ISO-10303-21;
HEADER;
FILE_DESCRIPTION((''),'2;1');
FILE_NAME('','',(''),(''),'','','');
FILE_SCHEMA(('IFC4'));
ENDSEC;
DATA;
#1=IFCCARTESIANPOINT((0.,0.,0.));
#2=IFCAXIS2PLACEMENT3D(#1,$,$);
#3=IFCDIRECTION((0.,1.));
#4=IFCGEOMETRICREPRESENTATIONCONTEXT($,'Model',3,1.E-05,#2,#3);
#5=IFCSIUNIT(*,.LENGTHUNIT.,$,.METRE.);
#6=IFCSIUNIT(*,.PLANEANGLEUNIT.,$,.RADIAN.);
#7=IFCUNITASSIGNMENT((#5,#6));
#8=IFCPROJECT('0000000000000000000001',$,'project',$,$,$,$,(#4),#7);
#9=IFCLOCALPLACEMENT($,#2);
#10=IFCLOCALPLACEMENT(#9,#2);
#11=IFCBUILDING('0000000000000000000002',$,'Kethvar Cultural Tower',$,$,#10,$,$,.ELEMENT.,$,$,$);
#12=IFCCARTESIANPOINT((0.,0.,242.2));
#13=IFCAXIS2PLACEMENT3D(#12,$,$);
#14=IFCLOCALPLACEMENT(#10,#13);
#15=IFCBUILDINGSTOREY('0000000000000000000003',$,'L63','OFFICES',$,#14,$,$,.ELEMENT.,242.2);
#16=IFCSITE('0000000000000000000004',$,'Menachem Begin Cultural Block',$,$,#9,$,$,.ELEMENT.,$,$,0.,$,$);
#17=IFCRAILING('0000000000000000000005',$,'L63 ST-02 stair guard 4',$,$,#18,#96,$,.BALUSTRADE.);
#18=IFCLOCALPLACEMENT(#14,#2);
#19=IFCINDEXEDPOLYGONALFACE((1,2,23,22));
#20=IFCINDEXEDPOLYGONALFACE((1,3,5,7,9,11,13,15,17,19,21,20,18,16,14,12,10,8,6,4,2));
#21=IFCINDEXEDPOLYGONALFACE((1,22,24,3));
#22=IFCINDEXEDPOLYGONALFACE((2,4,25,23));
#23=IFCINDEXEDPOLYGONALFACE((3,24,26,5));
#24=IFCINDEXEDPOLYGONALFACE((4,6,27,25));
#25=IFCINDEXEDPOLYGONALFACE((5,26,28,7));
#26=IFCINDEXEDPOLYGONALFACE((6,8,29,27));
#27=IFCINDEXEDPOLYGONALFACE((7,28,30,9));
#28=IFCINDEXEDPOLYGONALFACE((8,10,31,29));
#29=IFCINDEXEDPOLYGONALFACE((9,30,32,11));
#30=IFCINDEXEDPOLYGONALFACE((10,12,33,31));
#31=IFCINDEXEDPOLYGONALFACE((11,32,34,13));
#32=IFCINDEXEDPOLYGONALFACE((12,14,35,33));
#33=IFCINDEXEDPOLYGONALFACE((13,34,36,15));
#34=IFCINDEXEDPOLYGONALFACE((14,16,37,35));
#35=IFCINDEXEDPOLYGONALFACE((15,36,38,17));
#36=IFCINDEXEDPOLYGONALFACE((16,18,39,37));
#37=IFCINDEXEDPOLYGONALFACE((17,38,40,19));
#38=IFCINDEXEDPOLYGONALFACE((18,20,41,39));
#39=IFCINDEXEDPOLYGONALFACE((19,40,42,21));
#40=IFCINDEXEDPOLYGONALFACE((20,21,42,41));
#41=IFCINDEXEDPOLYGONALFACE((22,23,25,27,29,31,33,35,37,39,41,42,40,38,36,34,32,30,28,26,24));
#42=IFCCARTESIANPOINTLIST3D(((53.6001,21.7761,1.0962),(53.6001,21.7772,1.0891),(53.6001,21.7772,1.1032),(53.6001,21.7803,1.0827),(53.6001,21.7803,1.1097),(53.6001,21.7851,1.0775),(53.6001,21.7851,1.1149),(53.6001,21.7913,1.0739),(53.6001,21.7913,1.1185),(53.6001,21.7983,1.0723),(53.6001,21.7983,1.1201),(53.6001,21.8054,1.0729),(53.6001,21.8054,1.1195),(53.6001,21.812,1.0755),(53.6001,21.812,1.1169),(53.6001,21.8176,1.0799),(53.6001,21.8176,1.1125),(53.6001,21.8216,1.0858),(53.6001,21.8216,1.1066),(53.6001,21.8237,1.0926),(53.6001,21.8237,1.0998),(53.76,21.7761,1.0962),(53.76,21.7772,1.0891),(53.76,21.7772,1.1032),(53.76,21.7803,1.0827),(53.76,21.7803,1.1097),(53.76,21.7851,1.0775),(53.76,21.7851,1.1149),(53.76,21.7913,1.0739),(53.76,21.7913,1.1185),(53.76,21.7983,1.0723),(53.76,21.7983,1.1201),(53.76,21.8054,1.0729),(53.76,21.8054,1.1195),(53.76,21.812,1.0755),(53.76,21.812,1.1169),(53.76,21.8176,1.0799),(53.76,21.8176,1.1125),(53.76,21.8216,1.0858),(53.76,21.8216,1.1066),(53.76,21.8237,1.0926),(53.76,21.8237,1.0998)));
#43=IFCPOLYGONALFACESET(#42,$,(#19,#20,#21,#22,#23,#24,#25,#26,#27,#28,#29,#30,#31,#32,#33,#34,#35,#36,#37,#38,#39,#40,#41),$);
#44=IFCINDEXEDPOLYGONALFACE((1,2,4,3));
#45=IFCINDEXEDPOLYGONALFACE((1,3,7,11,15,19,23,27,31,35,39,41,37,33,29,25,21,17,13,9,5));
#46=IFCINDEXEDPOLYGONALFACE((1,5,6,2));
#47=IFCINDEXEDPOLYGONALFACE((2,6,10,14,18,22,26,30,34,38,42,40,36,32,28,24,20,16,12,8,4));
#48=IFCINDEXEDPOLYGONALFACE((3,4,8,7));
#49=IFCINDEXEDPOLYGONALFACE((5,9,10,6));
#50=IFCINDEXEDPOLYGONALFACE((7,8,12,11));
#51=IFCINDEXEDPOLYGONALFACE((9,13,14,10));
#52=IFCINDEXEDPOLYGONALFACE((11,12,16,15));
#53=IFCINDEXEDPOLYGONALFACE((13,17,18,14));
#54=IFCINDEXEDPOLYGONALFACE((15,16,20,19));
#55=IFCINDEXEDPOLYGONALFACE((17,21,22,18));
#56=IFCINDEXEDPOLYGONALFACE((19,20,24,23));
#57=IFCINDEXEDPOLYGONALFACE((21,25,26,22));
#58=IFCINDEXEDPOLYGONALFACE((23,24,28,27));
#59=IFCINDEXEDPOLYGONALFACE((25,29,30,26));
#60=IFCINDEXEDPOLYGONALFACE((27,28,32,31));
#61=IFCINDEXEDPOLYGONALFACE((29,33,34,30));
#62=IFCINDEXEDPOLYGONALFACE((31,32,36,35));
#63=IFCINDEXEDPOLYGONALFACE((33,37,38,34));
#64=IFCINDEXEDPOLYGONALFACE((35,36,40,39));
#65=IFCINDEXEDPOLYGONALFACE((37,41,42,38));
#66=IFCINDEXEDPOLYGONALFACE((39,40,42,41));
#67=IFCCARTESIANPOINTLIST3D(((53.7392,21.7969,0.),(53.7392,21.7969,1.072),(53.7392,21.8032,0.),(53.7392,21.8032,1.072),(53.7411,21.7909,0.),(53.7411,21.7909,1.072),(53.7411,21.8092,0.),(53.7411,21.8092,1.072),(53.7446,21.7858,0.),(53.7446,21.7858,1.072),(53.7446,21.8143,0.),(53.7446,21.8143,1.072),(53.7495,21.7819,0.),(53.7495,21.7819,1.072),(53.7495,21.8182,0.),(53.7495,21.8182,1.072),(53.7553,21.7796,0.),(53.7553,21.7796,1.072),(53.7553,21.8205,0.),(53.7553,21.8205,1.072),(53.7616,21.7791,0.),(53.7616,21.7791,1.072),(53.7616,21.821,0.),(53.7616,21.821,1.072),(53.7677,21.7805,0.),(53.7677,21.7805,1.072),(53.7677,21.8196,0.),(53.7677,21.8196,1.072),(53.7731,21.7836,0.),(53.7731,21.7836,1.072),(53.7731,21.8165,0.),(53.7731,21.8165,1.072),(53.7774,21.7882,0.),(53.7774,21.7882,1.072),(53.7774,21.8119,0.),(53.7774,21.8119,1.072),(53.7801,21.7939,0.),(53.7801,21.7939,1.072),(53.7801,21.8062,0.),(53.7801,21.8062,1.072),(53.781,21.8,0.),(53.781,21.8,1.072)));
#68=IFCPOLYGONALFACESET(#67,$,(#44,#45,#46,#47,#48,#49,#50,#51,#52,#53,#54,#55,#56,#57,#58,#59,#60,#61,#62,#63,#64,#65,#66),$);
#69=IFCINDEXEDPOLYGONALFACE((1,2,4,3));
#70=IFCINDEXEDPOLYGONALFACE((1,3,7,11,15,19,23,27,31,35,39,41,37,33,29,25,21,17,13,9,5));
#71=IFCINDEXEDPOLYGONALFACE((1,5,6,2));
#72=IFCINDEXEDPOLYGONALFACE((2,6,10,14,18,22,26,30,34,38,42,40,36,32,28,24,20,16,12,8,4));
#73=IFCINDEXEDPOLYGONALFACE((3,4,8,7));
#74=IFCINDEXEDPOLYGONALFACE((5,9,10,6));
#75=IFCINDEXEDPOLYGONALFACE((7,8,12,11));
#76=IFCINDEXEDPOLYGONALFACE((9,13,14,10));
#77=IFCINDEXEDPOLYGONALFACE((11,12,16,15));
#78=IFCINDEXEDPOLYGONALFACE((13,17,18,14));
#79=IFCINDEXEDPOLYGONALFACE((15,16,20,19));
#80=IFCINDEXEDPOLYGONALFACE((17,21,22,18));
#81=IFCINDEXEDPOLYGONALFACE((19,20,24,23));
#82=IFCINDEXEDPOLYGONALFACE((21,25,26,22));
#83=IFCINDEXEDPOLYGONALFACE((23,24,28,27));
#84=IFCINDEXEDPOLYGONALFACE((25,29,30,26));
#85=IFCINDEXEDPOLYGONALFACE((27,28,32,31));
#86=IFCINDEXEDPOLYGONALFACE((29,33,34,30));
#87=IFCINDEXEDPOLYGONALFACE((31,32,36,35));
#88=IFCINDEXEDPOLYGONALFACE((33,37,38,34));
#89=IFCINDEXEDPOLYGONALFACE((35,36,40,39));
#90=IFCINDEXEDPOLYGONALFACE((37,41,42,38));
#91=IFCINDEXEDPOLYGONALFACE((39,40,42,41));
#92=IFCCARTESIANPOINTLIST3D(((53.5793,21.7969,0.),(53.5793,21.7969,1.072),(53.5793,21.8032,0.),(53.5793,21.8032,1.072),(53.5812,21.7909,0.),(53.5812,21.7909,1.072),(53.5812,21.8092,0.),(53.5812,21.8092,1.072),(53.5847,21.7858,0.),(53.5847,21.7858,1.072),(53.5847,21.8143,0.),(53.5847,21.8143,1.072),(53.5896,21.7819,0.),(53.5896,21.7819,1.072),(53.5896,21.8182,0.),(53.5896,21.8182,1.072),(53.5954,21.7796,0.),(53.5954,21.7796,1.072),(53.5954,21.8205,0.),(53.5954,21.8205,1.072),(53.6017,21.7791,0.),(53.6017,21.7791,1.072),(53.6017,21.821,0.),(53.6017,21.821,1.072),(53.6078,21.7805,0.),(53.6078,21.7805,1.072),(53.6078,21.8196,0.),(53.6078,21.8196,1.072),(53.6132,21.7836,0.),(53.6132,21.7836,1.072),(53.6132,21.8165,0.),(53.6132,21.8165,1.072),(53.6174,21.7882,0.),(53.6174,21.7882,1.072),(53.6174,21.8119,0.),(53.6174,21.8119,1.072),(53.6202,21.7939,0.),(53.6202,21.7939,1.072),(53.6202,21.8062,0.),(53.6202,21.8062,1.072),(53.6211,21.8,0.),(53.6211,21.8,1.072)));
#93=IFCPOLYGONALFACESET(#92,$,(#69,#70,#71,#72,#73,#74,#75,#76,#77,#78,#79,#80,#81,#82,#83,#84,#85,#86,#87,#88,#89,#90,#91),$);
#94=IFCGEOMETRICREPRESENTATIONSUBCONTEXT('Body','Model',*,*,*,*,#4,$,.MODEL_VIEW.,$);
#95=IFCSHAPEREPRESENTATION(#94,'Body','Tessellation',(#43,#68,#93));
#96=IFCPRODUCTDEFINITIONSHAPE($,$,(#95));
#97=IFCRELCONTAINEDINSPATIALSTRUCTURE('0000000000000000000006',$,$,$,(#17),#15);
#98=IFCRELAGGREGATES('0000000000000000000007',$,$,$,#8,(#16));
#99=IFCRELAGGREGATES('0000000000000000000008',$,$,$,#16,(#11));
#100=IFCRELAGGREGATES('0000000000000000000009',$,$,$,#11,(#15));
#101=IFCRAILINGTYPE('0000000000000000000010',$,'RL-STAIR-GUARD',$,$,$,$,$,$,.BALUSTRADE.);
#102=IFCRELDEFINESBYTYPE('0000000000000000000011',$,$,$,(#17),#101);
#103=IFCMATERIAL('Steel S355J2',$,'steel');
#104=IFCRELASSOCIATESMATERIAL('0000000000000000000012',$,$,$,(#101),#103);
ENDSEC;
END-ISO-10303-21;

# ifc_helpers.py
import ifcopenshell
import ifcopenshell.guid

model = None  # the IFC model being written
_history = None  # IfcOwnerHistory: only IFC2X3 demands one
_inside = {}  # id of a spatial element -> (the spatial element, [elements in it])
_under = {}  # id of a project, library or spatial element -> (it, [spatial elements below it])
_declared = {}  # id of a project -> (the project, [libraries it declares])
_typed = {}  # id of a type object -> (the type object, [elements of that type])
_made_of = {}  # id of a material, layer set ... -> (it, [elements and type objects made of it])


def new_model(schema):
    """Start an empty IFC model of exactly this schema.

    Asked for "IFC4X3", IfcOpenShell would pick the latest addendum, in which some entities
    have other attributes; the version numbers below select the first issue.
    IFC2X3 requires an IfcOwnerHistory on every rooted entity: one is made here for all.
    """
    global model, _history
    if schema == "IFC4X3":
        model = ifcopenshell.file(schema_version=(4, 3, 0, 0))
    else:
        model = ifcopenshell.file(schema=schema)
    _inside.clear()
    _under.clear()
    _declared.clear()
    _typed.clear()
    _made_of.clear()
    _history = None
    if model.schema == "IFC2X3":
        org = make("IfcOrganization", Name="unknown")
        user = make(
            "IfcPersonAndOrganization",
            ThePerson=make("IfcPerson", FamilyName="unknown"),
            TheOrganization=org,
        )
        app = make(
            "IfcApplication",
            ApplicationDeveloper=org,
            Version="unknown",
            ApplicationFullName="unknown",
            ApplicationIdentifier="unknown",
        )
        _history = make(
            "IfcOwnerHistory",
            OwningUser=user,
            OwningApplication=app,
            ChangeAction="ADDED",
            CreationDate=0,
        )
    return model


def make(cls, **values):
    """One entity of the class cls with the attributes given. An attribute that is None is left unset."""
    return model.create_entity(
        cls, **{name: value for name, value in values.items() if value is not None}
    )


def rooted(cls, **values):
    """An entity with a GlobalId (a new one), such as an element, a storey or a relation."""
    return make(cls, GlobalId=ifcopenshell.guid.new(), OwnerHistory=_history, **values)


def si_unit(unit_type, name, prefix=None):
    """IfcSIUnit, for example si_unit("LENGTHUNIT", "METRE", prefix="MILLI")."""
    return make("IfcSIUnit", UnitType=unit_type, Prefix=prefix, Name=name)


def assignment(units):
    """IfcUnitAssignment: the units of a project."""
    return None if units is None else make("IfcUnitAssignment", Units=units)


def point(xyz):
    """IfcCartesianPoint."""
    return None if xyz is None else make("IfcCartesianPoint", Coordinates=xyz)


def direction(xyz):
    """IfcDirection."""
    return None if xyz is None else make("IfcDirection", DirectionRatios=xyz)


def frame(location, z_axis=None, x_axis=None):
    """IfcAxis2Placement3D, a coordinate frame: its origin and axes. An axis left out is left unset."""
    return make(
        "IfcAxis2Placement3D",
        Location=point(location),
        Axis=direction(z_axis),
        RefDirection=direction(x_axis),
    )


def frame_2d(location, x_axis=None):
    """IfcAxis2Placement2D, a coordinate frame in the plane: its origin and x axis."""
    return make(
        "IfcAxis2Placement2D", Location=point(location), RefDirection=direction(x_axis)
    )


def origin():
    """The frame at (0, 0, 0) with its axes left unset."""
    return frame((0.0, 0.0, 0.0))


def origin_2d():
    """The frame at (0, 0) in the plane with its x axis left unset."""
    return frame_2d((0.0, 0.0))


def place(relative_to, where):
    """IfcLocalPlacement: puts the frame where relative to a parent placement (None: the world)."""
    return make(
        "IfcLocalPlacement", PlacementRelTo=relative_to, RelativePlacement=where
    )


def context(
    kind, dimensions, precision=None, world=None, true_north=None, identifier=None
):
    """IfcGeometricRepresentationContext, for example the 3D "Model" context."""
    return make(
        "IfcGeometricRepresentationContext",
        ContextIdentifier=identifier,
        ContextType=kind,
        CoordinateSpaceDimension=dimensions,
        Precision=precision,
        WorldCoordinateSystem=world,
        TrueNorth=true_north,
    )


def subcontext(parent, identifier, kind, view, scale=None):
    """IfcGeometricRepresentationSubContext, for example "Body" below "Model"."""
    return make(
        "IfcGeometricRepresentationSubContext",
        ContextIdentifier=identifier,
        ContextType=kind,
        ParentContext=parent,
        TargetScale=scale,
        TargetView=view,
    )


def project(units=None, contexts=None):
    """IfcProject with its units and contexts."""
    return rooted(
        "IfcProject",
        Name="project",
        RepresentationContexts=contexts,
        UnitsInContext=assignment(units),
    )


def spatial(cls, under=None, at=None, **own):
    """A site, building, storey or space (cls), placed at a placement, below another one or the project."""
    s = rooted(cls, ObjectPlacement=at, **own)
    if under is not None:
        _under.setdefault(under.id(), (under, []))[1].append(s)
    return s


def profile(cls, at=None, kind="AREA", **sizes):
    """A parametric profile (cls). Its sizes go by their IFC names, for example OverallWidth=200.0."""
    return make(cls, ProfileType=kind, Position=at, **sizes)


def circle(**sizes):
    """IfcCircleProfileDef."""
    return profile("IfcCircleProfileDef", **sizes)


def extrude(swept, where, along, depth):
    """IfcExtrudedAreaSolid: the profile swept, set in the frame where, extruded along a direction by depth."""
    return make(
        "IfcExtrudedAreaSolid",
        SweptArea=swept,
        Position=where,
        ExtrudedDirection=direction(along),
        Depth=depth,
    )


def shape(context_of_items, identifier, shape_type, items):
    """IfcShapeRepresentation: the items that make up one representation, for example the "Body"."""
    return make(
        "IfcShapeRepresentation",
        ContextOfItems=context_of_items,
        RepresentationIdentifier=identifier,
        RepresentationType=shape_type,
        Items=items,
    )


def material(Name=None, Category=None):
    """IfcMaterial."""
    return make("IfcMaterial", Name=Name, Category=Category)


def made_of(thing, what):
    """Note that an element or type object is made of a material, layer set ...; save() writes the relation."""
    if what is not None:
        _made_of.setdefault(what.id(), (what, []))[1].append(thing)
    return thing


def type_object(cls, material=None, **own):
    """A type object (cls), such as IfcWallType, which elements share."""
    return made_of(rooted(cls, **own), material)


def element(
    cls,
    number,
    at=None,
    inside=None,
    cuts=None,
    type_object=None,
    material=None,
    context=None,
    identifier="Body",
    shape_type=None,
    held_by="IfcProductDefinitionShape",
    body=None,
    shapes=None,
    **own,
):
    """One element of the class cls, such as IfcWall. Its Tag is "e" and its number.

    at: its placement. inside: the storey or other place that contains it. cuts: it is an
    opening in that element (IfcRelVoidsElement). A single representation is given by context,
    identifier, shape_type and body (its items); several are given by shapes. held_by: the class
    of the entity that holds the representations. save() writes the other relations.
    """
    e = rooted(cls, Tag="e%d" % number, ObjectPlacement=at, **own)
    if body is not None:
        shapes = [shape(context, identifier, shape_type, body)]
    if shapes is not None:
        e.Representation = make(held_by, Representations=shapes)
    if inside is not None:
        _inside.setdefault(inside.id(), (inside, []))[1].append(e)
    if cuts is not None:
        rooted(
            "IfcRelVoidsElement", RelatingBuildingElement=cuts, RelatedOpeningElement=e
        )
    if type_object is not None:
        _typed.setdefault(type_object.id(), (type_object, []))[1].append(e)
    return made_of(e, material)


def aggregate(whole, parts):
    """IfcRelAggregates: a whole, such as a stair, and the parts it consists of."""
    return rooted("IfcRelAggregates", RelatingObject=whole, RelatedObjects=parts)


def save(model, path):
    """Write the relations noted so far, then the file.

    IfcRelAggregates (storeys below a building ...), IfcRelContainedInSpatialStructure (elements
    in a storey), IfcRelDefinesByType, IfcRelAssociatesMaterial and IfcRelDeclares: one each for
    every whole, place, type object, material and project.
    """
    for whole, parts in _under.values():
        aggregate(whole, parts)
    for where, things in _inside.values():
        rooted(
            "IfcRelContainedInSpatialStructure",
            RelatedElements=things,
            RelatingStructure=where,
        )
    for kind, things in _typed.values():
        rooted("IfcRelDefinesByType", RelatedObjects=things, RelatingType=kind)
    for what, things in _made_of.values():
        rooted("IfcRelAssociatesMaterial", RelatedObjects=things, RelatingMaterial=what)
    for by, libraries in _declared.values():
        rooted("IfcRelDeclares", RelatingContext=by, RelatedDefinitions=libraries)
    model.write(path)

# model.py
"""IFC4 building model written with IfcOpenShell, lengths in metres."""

from ifc_helpers import new_model, si_unit, direction, frame, origin, origin_2d, place, context, subcontext, project, spatial, circle, extrude, material, type_object, element, save


model = new_model("IFC4")

# Units and contexts
model_context = context("Model", 3, precision=1e-05, world=origin(), true_north=direction((0.0, 1.0)))
body_context = subcontext(model_context, "Body", "Model", "MODEL_VIEW")
ifc_project = project(units=[si_unit("LENGTHUNIT", "METRE"), si_unit("PLANEANGLEUNIT", "RADIAN")], contexts=[model_context])

# Site, building, storey
site_placement = place(None, origin())
site = spatial("IfcSite", under=ifc_project, at=site_placement, Name="Menachem Begin Cultural Block", CompositionType="ELEMENT", RefElevation=0.0)
building_placement = place(site_placement, origin())
building = spatial("IfcBuilding", under=site, at=building_placement, Name="Kethvar Cultural Tower", CompositionType="ELEMENT")
storey_placement = place(building_placement, frame((0.0, 0.0, 242.2)))
storey = spatial("IfcBuildingStorey", under=building, at=storey_placement, Name="L63", Description="OFFICES", CompositionType="ELEMENT", Elevation=242.2)

# Shared definitions
ifc_material_1 = material(Name="Steel S355J2", Category="steel")

# Railing
railing_type_1 = type_object("IfcRailingType", Name="RL-STAIR-GUARD", PredefinedType="BALUSTRADE", material=ifc_material_1)
railing_1_placement = place(storey_placement, frame((53.76, 21.8, 0.0)))
element("IfcRailing", 1, at=railing_1_placement, inside=storey, type_object=railing_type_1, Name="L63 ST-02 stair guard 4", PredefinedType="BALUSTRADE", context=body_context, shape_type="SweptSolid", body=[
    extrude(circle(Radius=0.0239, at=origin_2d()), frame((0.0, 0.0, 1.0962), z_axis=(-1.0, 0.0, 0.0), x_axis=(0.0, -1.0, 0.0)), (0.0, 0.0, 1.0), 0.1599),
    extrude(circle(Radius=0.021, at=origin_2d()), origin(), (0.0, 0.0, 1.0), 1.072),
    extrude(circle(Radius=0.021, at=origin_2d()), frame((-0.1599, 0.0, 0.0)), (0.0, 0.0, 1.0), 1.072),
])

save(model, "model.ifc")
